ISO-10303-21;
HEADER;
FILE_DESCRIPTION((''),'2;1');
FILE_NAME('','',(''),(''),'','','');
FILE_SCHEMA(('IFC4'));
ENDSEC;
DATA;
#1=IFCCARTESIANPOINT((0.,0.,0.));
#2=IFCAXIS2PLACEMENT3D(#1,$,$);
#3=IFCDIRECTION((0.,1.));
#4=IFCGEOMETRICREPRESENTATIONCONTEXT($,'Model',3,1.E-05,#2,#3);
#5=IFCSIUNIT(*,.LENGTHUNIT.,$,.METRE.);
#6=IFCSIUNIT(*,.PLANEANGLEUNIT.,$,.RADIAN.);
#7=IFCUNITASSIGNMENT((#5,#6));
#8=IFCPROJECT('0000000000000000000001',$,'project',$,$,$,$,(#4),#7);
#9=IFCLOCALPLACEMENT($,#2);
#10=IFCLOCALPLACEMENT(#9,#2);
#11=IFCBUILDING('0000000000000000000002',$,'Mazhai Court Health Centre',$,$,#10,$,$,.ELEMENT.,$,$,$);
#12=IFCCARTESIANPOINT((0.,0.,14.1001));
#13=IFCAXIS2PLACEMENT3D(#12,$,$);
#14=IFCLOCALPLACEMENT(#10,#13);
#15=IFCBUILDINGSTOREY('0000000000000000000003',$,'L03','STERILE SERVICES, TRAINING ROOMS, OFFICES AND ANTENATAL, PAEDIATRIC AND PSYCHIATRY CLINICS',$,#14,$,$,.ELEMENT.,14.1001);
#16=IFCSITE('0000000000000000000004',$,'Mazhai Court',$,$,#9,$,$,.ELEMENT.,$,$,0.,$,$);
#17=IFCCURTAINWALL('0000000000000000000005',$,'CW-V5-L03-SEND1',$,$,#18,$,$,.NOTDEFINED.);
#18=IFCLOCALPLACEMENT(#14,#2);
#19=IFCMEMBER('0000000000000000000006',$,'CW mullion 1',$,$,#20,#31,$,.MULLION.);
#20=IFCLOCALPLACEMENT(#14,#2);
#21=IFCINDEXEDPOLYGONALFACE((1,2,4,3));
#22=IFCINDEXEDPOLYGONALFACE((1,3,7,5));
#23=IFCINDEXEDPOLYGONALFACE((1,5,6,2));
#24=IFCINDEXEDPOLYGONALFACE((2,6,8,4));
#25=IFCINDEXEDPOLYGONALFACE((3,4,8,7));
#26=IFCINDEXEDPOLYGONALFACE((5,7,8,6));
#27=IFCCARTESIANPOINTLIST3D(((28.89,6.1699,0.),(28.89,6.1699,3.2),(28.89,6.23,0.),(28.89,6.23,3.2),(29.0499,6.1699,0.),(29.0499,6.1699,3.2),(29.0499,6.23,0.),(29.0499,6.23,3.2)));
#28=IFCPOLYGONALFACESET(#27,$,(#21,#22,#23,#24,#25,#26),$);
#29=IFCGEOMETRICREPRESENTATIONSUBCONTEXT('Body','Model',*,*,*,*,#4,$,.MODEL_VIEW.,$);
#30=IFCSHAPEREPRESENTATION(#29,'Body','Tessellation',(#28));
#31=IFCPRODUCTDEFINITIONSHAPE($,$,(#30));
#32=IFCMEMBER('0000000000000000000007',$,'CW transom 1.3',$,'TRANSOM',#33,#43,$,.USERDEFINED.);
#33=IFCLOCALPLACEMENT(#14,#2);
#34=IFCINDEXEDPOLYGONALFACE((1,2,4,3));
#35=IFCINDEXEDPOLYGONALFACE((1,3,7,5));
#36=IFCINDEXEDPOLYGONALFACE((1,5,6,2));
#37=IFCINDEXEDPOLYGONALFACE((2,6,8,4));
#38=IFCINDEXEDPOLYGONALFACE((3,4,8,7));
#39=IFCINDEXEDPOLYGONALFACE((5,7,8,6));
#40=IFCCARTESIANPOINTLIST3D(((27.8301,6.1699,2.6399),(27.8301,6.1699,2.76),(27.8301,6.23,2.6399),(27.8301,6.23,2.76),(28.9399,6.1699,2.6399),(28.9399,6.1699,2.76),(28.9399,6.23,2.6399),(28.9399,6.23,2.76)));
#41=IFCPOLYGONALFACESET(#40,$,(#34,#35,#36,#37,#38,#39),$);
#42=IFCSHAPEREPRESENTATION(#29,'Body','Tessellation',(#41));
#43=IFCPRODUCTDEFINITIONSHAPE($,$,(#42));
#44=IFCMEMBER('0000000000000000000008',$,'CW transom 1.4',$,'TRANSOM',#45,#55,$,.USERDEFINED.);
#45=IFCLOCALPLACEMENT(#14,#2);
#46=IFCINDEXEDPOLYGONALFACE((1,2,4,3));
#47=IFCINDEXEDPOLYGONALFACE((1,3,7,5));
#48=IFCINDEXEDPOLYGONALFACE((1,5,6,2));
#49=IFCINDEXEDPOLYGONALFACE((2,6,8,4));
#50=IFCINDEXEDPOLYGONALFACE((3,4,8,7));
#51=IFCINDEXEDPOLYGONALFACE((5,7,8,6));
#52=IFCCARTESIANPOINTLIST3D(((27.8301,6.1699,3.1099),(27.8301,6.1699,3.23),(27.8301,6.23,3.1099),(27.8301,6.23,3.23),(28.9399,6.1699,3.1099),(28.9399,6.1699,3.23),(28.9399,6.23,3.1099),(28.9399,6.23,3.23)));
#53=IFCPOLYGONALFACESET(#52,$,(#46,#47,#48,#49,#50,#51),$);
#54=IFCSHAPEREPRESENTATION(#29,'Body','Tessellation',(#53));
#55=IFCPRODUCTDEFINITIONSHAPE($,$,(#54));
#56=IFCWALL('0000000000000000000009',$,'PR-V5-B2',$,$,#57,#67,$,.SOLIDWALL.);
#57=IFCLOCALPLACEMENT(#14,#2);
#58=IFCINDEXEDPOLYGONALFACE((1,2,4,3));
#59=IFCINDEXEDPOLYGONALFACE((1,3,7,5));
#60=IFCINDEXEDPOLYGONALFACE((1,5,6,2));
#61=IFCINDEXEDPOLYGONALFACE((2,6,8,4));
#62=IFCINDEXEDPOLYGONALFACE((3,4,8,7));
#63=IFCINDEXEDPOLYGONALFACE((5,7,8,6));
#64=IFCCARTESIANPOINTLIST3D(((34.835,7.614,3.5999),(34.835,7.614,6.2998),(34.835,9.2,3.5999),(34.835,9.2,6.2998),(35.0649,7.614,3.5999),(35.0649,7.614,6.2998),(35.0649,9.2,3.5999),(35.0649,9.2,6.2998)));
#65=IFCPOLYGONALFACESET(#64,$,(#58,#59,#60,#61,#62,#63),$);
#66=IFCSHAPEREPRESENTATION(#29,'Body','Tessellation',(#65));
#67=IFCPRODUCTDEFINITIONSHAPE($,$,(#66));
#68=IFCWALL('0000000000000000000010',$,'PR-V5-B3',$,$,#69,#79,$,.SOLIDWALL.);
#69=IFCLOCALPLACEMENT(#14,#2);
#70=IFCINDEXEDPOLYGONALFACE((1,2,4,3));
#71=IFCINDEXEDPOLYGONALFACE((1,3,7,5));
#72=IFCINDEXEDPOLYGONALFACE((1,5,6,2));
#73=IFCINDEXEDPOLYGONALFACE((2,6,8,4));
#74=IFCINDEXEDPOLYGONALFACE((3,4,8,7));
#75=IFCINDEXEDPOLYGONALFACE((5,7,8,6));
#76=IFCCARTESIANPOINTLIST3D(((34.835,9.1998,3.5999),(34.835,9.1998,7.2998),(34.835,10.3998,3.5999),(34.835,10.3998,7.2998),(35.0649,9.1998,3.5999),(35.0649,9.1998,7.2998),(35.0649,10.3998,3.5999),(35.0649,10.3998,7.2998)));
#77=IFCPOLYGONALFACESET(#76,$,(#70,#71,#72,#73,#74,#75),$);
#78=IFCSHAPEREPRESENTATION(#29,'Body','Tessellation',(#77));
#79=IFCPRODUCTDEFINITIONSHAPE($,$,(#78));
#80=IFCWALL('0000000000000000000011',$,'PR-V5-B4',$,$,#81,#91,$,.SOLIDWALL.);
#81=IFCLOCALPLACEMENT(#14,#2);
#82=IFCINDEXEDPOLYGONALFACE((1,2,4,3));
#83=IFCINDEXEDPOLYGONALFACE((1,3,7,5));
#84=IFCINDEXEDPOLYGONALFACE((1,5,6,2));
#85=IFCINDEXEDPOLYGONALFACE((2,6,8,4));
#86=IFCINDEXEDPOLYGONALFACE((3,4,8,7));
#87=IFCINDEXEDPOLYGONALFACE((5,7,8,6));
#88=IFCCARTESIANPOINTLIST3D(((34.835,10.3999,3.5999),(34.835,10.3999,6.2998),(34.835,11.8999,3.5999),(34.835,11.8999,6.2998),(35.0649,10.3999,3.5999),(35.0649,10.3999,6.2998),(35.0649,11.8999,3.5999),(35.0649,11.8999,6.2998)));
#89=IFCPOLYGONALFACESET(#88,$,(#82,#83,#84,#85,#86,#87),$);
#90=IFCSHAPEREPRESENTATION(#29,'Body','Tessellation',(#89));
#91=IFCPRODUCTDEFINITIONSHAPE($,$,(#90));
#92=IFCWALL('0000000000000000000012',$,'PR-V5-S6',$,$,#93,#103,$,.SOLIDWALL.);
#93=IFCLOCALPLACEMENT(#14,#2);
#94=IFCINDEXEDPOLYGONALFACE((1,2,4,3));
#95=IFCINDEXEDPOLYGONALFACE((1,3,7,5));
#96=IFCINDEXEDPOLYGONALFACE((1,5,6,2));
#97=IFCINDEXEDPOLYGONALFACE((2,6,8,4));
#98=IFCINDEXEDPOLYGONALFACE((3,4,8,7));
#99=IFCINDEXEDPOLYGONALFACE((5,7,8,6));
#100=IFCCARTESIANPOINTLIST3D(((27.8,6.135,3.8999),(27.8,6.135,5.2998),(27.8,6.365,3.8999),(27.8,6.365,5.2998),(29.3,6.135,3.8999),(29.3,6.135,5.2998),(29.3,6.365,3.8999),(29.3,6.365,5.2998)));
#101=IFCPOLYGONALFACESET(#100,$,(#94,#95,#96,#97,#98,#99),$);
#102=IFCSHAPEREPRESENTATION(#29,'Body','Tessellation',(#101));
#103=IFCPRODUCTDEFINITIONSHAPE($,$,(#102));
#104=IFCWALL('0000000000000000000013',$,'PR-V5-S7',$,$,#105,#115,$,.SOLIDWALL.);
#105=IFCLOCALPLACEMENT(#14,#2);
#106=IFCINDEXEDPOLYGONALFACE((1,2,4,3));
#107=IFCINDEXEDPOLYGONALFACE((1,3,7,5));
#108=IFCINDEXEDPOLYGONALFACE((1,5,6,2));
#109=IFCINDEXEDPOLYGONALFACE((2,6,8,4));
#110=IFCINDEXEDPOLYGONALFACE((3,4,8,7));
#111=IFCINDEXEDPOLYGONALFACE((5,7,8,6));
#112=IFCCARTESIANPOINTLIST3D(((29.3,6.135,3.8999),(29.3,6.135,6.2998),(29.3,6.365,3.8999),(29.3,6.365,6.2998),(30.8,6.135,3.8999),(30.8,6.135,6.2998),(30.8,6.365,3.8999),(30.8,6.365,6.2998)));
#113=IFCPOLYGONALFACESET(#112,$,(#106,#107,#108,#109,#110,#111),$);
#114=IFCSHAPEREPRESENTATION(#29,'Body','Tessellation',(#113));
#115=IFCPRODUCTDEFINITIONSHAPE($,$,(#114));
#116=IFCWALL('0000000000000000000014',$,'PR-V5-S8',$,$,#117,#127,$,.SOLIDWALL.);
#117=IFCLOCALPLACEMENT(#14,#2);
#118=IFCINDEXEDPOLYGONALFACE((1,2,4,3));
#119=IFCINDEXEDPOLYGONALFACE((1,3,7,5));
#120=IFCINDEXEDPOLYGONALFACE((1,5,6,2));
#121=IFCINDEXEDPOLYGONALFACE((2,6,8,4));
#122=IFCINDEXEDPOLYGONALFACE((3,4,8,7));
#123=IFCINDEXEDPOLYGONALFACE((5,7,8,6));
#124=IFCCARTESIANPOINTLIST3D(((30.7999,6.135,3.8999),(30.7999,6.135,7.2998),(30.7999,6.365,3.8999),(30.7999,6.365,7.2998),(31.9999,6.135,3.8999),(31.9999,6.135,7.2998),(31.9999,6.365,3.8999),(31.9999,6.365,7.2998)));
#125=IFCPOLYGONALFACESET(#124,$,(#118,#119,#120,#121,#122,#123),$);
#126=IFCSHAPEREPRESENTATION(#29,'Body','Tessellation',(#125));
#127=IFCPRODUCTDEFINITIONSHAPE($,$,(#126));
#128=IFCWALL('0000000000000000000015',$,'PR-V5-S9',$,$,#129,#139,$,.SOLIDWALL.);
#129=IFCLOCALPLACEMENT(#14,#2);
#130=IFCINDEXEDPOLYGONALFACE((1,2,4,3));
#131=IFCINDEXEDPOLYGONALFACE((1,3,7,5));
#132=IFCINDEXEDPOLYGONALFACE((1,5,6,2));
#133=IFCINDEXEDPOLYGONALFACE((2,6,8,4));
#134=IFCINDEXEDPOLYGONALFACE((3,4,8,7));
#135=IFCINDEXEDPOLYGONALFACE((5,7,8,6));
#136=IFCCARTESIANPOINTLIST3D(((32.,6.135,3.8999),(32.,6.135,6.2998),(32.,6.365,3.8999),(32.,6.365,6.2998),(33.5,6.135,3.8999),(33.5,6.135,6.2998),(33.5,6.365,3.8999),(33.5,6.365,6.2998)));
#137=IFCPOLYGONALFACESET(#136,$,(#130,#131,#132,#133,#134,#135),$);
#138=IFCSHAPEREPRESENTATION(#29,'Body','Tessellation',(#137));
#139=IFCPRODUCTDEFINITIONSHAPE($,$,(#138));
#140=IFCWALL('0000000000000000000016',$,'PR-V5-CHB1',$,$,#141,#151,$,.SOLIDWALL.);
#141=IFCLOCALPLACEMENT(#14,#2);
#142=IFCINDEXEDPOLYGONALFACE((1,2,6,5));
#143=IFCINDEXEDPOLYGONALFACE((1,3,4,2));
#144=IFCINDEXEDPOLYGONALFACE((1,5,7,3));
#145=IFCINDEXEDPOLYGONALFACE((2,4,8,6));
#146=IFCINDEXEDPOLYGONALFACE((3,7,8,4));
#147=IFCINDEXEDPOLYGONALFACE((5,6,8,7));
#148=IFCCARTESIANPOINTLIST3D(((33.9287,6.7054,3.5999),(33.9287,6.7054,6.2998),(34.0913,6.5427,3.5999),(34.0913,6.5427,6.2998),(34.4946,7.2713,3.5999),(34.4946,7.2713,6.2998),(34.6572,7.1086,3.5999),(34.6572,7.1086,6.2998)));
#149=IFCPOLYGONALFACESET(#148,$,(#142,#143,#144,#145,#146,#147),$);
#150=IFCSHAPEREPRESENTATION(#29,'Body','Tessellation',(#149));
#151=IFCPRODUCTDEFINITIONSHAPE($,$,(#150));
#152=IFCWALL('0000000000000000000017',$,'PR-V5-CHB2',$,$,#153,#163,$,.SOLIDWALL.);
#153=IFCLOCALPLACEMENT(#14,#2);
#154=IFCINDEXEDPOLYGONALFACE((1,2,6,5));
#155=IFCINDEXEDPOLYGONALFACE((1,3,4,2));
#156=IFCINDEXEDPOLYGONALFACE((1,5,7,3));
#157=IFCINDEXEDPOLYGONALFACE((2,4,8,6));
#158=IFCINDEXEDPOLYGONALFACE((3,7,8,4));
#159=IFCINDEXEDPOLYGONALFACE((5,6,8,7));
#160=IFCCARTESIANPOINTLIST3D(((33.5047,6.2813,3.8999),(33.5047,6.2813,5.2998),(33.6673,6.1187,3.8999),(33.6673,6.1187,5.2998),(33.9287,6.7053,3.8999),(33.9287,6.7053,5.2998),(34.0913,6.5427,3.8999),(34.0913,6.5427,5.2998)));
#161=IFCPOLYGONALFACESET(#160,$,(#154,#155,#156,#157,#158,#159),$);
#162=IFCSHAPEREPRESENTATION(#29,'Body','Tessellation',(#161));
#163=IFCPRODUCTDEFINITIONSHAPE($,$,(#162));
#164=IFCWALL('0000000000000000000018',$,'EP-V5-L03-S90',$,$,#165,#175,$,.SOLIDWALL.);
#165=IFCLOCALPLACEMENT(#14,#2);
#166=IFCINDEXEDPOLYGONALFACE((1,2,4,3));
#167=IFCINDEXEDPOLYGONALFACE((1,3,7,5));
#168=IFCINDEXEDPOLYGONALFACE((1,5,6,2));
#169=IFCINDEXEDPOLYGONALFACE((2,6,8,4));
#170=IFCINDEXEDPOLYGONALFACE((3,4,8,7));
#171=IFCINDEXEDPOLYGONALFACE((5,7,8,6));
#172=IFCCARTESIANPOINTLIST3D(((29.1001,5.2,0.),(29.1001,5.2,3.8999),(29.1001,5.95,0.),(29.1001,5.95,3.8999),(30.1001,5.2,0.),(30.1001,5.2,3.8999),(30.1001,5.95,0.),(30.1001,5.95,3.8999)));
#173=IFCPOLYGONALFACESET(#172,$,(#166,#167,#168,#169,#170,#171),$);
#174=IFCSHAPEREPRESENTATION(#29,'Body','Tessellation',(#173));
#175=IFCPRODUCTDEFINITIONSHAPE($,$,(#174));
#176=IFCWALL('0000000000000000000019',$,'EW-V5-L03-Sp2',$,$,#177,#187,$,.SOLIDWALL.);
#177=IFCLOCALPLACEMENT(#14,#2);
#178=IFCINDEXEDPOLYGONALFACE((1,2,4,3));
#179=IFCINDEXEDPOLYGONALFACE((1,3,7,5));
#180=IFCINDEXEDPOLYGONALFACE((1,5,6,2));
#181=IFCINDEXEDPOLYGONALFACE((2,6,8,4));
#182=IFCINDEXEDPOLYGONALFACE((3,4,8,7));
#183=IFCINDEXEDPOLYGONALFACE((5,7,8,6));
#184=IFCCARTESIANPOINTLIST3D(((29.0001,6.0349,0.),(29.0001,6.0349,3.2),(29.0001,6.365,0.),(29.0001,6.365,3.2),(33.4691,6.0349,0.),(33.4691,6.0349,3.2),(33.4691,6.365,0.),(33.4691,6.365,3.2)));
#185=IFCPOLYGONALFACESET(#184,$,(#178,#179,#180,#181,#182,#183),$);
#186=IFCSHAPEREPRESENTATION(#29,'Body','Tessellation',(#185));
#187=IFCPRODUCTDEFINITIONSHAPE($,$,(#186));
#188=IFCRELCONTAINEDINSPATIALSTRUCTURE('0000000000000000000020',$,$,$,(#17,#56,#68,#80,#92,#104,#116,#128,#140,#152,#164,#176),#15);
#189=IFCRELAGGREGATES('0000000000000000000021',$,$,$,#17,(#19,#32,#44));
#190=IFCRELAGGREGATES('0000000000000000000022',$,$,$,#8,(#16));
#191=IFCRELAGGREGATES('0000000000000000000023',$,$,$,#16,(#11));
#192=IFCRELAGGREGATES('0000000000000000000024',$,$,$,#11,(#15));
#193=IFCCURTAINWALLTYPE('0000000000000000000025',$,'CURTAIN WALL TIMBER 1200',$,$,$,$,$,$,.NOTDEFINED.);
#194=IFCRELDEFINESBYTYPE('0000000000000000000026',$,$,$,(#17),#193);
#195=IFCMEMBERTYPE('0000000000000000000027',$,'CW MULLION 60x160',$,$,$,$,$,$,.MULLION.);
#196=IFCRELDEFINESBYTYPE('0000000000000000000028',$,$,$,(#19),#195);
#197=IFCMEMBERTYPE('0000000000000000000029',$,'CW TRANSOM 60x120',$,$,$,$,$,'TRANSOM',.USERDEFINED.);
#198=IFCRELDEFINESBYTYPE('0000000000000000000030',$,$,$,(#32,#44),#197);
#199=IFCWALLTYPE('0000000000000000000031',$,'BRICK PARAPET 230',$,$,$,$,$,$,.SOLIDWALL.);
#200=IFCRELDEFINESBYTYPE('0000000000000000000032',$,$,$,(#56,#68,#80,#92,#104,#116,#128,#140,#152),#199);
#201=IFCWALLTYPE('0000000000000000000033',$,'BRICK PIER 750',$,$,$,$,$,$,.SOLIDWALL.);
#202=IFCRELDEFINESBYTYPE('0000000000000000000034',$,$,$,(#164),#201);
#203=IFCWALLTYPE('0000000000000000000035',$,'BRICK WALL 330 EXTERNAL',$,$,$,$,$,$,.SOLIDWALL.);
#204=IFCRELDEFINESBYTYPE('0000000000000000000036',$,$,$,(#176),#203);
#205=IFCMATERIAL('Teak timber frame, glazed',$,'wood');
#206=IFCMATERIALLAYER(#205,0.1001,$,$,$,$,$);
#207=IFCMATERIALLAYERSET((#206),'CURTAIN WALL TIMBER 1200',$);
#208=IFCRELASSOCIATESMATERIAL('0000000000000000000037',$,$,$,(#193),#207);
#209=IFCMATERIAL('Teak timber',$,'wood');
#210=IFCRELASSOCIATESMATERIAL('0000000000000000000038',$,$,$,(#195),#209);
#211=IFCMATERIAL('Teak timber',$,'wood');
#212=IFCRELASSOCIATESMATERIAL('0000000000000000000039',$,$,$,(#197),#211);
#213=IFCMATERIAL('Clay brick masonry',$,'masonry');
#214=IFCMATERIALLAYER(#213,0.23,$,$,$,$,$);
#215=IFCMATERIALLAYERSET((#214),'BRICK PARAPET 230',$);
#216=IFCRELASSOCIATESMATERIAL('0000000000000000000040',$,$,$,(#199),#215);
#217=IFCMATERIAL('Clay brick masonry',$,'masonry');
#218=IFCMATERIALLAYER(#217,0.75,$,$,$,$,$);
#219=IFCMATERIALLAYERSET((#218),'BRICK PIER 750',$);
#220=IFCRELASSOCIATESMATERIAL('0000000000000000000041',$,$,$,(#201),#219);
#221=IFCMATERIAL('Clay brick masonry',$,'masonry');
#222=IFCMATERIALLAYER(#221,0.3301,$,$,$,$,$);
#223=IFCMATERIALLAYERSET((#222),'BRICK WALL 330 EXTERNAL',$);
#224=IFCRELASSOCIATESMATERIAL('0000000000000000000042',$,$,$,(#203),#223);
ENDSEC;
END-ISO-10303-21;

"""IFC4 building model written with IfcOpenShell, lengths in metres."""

from ifc_helpers import new_model, si_unit, direction, frame, frame_2d, origin, origin_2d, place, context, subcontext, project, spatial, rectangle, extrude, material, layer, layer_set, material_profile, profile_set, type_object, element, aggregate, save


model = new_model("IFC4")

# Units and contexts
model_context = context("Model", 3, precision=1e-05, world=origin(), true_north=direction((0.0, 1.0)))
body_context = subcontext(model_context, "Body", "Model", "MODEL_VIEW")
ifc_project = project(units=[si_unit("LENGTHUNIT", "METRE"), si_unit("PLANEANGLEUNIT", "RADIAN")], contexts=[model_context])

# Site, building, storey
site_placement = place(None, origin())
site = spatial("IfcSite", under=ifc_project, at=site_placement, Name="Mazhai Court", CompositionType="ELEMENT", RefElevation=0.0)
building_placement = place(site_placement, origin())
building = spatial("IfcBuilding", under=site, at=building_placement, Name="Mazhai Court Health Centre", CompositionType="ELEMENT")
storey_placement = place(building_placement, frame((0.0, 0.0, 14.1001)))
storey = spatial("IfcBuildingStorey", under=building, at=storey_placement, Name="L03", Description="STERILE SERVICES, TRAINING ROOMS, OFFICES AND ANTENATAL, PAEDIATRIC AND PSYCHIATRY CLINICS", CompositionType="ELEMENT", Elevation=14.1001)

# Curtain wall, members
ifc_material_1 = material(Name="Teak timber frame, glazed", Category="wood")
ifc_layer_1 = layer(ifc_material_1, 0.1001)
ifc_layer_set_1 = layer_set([ifc_layer_1], Name="CURTAIN WALL TIMBER 1200")
curtain_wall_type = type_object("IfcCurtainWallType", Name="CURTAIN WALL TIMBER 1200", PredefinedType="NOTDEFINED", material=ifc_layer_set_1)
curtain_wall_placement = place(storey_placement, origin())
curtain_wall = element("IfcCurtainWall", 1, at=curtain_wall_placement, inside=storey, type_object=curtain_wall_type, Name="CW-V5-L03-SEND1", PredefinedType="NOTDEFINED")
ifc_material_2 = material(Name="Teak timber", Category="wood")
ifc_material_profile_1 = material_profile(ifc_material_2, rectangle(XDim=0.0601, YDim=0.1599, at=origin_2d()), Name="CW MULLION 60x160")
ifc_profile_set_1 = profile_set([ifc_material_profile_1], Name="Teak timber")
member_type_1 = type_object("IfcMemberType", Name="CW MULLION 60x160", PredefinedType="MULLION", material=ifc_profile_set_1)
member_1_placement = place(storey_placement, frame((28.97, 6.2, 0.0), z_axis=(0.0, 0.0, 1.0), x_axis=(0.0, -1.0, 0.0)))
member_1 = element("IfcMember", 2, at=member_1_placement, type_object=member_type_1, Name="CW mullion 1", PredefinedType="MULLION", context=body_context, shape_type="SweptSolid", body=[
    extrude(rectangle(XDim=0.0601, YDim=0.1599, at=origin_2d()), origin(), (0.0, 0.0, 1.0), 3.2),
])
ifc_material_3 = material(Name="Teak timber", Category="wood")
ifc_material_profile_2 = material_profile(ifc_material_3, rectangle(XDim=0.0601, YDim=0.1201, at=origin_2d()), Name="CW TRANSOM 60x120")
ifc_profile_set_2 = profile_set([ifc_material_profile_2], Name="Teak timber")
member_type_2 = type_object("IfcMemberType", Name="CW TRANSOM 60x120", ElementType="TRANSOM", PredefinedType="USERDEFINED", material=ifc_profile_set_2)
member_2_placement = place(storey_placement, frame((28.9399, 6.2, 2.7), z_axis=(-1.0, 0.0, 0.0), x_axis=(0.0, -1.0, 0.0)))
member_2 = element("IfcMember", 3, at=member_2_placement, type_object=member_type_2, Name="CW transom 1.3", ObjectType="TRANSOM", PredefinedType="USERDEFINED", context=body_context, shape_type="SweptSolid", body=[
    extrude(rectangle(XDim=0.0601, YDim=0.1201, at=origin_2d()), origin(), (0.0, 0.0, 1.0), 1.1099),
])
member_3_placement = place(storey_placement, frame((28.9399, 6.2, 3.1699), z_axis=(-1.0, 0.0, 0.0), x_axis=(0.0, -1.0, 0.0)))
member_3 = element("IfcMember", 4, at=member_3_placement, type_object=member_type_2, Name="CW transom 1.4", ObjectType="TRANSOM", PredefinedType="USERDEFINED", context=body_context, shape_type="SweptSolid", body=[
    extrude(rectangle(XDim=0.0601, YDim=0.1201, at=origin_2d()), origin(), (0.0, 0.0, 1.0), 1.1099),
])
aggregate(curtain_wall, [member_1, member_2, member_3])

# Walls
ifc_material_4 = material(Name="Clay brick masonry", Category="masonry")
ifc_layer_2 = layer(ifc_material_4, 0.23)
ifc_layer_set_2 = layer_set([ifc_layer_2], Name="BRICK PARAPET 230")
wall_type_1 = type_object("IfcWallType", Name="BRICK PARAPET 230", PredefinedType="SOLIDWALL", material=ifc_layer_set_2)
wall_1_placement = place(storey_placement, frame((34.95, 9.2, 3.5999), z_axis=(0.0, 0.0, 1.0), x_axis=(0.0, -1.0, 0.0)))
element("IfcWall", 5, at=wall_1_placement, inside=storey, type_object=wall_type_1, Name="PR-V5-B2", PredefinedType="SOLIDWALL", context=body_context, shape_type="SweptSolid", body=[
    extrude(rectangle(XDim=1.5859, YDim=0.23, at=frame_2d((0.793, 0.0))), origin(), (0.0, 0.0, 1.0), 2.7),
])
wall_2_placement = place(storey_placement, frame((34.95, 10.3999, 3.5999), z_axis=(0.0, 0.0, 1.0), x_axis=(0.0, -1.0, 0.0)))
element("IfcWall", 6, at=wall_2_placement, inside=storey, type_object=wall_type_1, Name="PR-V5-B3", PredefinedType="SOLIDWALL", context=body_context, shape_type="SweptSolid", body=[
    extrude(rectangle(XDim=1.2, YDim=0.23, at=frame_2d((0.6001, 0.0))), origin(), (0.0, 0.0, 1.0), 3.7),
])
wall_3_placement = place(storey_placement, frame((34.95, 11.8999, 3.5999), z_axis=(0.0, 0.0, 1.0), x_axis=(0.0, -1.0, 0.0)))
element("IfcWall", 7, at=wall_3_placement, inside=storey, type_object=wall_type_1, Name="PR-V5-B4", PredefinedType="SOLIDWALL", context=body_context, shape_type="SweptSolid", body=[
    extrude(rectangle(XDim=1.5, YDim=0.23, at=frame_2d((0.75, 0.0))), origin(), (0.0, 0.0, 1.0), 2.7),
])
wall_4_placement = place(storey_placement, frame((29.3, 6.25, 3.8999), z_axis=(0.0, 0.0, 1.0), x_axis=(-1.0, 0.0, 0.0)))
element("IfcWall", 8, at=wall_4_placement, inside=storey, type_object=wall_type_1, Name="PR-V5-S6", PredefinedType="SOLIDWALL", context=body_context, shape_type="SweptSolid", body=[
    extrude(rectangle(XDim=1.5, YDim=0.23, at=frame_2d((0.75, 0.0))), origin(), (0.0, 0.0, 1.0), 1.3999),
])
wall_5_placement = place(storey_placement, frame((30.8, 6.25, 3.8999), z_axis=(0.0, 0.0, 1.0), x_axis=(-1.0, 0.0, 0.0)))
element("IfcWall", 9, at=wall_5_placement, inside=storey, type_object=wall_type_1, Name="PR-V5-S7", PredefinedType="SOLIDWALL", context=body_context, shape_type="SweptSolid", body=[
    extrude(rectangle(XDim=1.5, YDim=0.23, at=frame_2d((0.75, 0.0))), origin(), (0.0, 0.0, 1.0), 2.3999),
])
wall_6_placement = place(storey_placement, frame((32.0, 6.25, 3.8999), z_axis=(0.0, 0.0, 1.0), x_axis=(-1.0, 0.0, 0.0)))
element("IfcWall", 10, at=wall_6_placement, inside=storey, type_object=wall_type_1, Name="PR-V5-S8", PredefinedType="SOLIDWALL", context=body_context, shape_type="SweptSolid", body=[
    extrude(rectangle(XDim=1.2, YDim=0.23, at=frame_2d((0.6001, 0.0))), origin(), (0.0, 0.0, 1.0), 3.3999),
])
wall_7_placement = place(storey_placement, frame((33.5, 6.25, 3.8999), z_axis=(0.0, 0.0, 1.0), x_axis=(-1.0, 0.0, 0.0)))
element("IfcWall", 11, at=wall_7_placement, inside=storey, type_object=wall_type_1, Name="PR-V5-S9", PredefinedType="SOLIDWALL", context=body_context, shape_type="SweptSolid", body=[
    extrude(rectangle(XDim=1.5, YDim=0.23, at=frame_2d((0.75, 0.0))), origin(), (0.0, 0.0, 1.0), 2.3999),
])
wall_8_placement = place(storey_placement, frame((34.5759, 7.1899, 3.5999), z_axis=(0.0, 0.0, 1.0), x_axis=(-0.707107, -0.707107, 0.0)))
element("IfcWall", 12, at=wall_8_placement, inside=storey, type_object=wall_type_1, Name="PR-V5-CHB1", PredefinedType="SOLIDWALL", context=body_context, shape_type="SweptSolid", body=[
    extrude(rectangle(XDim=0.8003, YDim=0.23, at=frame_2d((0.4001, 0.0))), origin(), (0.0, 0.0, 1.0), 2.7),
])
wall_9_placement = place(storey_placement, frame((34.01, 6.624, 3.8999), z_axis=(0.0, 0.0, 1.0), x_axis=(-0.707107, -0.707107, 0.0)))
element("IfcWall", 13, at=wall_9_placement, inside=storey, type_object=wall_type_1, Name="PR-V5-CHB2", PredefinedType="SOLIDWALL", context=body_context, shape_type="SweptSolid", body=[
    extrude(rectangle(XDim=0.5996, YDim=0.23, at=frame_2d((0.2998, 0.0))), origin(), (0.0, 0.0, 1.0), 1.3999),
])
ifc_material_5 = material(Name="Clay brick masonry", Category="masonry")
ifc_layer_3 = layer(ifc_material_5, 0.75)
ifc_layer_set_3 = layer_set([ifc_layer_3], Name="BRICK PIER 750")
wall_type_2 = type_object("IfcWallType", Name="BRICK PIER 750", PredefinedType="SOLIDWALL", material=ifc_layer_set_3)
wall_10_placement = place(storey_placement, frame((30.1001, 5.575, 0.0), z_axis=(0.0, 0.0, 1.0), x_axis=(-1.0, 0.0, 0.0)))
element("IfcWall", 14, at=wall_10_placement, inside=storey, type_object=wall_type_2, Name="EP-V5-L03-S90", PredefinedType="SOLIDWALL", context=body_context, shape_type="SweptSolid", body=[
    extrude(rectangle(XDim=1.0, YDim=0.75, at=frame_2d((0.5, 0.0))), origin(), (0.0, 0.0, 1.0), 3.8999),
])
ifc_material_6 = material(Name="Clay brick masonry", Category="masonry")
ifc_layer_4 = layer(ifc_material_6, 0.3301)
ifc_layer_set_4 = layer_set([ifc_layer_4], Name="BRICK WALL 330 EXTERNAL")
wall_type_3 = type_object("IfcWallType", Name="BRICK WALL 330 EXTERNAL", PredefinedType="SOLIDWALL", material=ifc_layer_set_4)
wall_11_placement = place(storey_placement, frame((33.469, 6.2, 0.0), z_axis=(0.0, 0.0, 1.0), x_axis=(-1.0, 0.0, 0.0)))
element("IfcWall", 15, at=wall_11_placement, inside=storey, type_object=wall_type_3, Name="EW-V5-L03-Sp2", PredefinedType="SOLIDWALL", context=body_context, shape_type="SweptSolid", body=[
    extrude(rectangle(XDim=4.469, YDim=0.3301, at=frame_2d((2.2344, 0.0))), origin(), (0.0, 0.0, 1.0), 3.2),
])

save(model, "model.ifc")
